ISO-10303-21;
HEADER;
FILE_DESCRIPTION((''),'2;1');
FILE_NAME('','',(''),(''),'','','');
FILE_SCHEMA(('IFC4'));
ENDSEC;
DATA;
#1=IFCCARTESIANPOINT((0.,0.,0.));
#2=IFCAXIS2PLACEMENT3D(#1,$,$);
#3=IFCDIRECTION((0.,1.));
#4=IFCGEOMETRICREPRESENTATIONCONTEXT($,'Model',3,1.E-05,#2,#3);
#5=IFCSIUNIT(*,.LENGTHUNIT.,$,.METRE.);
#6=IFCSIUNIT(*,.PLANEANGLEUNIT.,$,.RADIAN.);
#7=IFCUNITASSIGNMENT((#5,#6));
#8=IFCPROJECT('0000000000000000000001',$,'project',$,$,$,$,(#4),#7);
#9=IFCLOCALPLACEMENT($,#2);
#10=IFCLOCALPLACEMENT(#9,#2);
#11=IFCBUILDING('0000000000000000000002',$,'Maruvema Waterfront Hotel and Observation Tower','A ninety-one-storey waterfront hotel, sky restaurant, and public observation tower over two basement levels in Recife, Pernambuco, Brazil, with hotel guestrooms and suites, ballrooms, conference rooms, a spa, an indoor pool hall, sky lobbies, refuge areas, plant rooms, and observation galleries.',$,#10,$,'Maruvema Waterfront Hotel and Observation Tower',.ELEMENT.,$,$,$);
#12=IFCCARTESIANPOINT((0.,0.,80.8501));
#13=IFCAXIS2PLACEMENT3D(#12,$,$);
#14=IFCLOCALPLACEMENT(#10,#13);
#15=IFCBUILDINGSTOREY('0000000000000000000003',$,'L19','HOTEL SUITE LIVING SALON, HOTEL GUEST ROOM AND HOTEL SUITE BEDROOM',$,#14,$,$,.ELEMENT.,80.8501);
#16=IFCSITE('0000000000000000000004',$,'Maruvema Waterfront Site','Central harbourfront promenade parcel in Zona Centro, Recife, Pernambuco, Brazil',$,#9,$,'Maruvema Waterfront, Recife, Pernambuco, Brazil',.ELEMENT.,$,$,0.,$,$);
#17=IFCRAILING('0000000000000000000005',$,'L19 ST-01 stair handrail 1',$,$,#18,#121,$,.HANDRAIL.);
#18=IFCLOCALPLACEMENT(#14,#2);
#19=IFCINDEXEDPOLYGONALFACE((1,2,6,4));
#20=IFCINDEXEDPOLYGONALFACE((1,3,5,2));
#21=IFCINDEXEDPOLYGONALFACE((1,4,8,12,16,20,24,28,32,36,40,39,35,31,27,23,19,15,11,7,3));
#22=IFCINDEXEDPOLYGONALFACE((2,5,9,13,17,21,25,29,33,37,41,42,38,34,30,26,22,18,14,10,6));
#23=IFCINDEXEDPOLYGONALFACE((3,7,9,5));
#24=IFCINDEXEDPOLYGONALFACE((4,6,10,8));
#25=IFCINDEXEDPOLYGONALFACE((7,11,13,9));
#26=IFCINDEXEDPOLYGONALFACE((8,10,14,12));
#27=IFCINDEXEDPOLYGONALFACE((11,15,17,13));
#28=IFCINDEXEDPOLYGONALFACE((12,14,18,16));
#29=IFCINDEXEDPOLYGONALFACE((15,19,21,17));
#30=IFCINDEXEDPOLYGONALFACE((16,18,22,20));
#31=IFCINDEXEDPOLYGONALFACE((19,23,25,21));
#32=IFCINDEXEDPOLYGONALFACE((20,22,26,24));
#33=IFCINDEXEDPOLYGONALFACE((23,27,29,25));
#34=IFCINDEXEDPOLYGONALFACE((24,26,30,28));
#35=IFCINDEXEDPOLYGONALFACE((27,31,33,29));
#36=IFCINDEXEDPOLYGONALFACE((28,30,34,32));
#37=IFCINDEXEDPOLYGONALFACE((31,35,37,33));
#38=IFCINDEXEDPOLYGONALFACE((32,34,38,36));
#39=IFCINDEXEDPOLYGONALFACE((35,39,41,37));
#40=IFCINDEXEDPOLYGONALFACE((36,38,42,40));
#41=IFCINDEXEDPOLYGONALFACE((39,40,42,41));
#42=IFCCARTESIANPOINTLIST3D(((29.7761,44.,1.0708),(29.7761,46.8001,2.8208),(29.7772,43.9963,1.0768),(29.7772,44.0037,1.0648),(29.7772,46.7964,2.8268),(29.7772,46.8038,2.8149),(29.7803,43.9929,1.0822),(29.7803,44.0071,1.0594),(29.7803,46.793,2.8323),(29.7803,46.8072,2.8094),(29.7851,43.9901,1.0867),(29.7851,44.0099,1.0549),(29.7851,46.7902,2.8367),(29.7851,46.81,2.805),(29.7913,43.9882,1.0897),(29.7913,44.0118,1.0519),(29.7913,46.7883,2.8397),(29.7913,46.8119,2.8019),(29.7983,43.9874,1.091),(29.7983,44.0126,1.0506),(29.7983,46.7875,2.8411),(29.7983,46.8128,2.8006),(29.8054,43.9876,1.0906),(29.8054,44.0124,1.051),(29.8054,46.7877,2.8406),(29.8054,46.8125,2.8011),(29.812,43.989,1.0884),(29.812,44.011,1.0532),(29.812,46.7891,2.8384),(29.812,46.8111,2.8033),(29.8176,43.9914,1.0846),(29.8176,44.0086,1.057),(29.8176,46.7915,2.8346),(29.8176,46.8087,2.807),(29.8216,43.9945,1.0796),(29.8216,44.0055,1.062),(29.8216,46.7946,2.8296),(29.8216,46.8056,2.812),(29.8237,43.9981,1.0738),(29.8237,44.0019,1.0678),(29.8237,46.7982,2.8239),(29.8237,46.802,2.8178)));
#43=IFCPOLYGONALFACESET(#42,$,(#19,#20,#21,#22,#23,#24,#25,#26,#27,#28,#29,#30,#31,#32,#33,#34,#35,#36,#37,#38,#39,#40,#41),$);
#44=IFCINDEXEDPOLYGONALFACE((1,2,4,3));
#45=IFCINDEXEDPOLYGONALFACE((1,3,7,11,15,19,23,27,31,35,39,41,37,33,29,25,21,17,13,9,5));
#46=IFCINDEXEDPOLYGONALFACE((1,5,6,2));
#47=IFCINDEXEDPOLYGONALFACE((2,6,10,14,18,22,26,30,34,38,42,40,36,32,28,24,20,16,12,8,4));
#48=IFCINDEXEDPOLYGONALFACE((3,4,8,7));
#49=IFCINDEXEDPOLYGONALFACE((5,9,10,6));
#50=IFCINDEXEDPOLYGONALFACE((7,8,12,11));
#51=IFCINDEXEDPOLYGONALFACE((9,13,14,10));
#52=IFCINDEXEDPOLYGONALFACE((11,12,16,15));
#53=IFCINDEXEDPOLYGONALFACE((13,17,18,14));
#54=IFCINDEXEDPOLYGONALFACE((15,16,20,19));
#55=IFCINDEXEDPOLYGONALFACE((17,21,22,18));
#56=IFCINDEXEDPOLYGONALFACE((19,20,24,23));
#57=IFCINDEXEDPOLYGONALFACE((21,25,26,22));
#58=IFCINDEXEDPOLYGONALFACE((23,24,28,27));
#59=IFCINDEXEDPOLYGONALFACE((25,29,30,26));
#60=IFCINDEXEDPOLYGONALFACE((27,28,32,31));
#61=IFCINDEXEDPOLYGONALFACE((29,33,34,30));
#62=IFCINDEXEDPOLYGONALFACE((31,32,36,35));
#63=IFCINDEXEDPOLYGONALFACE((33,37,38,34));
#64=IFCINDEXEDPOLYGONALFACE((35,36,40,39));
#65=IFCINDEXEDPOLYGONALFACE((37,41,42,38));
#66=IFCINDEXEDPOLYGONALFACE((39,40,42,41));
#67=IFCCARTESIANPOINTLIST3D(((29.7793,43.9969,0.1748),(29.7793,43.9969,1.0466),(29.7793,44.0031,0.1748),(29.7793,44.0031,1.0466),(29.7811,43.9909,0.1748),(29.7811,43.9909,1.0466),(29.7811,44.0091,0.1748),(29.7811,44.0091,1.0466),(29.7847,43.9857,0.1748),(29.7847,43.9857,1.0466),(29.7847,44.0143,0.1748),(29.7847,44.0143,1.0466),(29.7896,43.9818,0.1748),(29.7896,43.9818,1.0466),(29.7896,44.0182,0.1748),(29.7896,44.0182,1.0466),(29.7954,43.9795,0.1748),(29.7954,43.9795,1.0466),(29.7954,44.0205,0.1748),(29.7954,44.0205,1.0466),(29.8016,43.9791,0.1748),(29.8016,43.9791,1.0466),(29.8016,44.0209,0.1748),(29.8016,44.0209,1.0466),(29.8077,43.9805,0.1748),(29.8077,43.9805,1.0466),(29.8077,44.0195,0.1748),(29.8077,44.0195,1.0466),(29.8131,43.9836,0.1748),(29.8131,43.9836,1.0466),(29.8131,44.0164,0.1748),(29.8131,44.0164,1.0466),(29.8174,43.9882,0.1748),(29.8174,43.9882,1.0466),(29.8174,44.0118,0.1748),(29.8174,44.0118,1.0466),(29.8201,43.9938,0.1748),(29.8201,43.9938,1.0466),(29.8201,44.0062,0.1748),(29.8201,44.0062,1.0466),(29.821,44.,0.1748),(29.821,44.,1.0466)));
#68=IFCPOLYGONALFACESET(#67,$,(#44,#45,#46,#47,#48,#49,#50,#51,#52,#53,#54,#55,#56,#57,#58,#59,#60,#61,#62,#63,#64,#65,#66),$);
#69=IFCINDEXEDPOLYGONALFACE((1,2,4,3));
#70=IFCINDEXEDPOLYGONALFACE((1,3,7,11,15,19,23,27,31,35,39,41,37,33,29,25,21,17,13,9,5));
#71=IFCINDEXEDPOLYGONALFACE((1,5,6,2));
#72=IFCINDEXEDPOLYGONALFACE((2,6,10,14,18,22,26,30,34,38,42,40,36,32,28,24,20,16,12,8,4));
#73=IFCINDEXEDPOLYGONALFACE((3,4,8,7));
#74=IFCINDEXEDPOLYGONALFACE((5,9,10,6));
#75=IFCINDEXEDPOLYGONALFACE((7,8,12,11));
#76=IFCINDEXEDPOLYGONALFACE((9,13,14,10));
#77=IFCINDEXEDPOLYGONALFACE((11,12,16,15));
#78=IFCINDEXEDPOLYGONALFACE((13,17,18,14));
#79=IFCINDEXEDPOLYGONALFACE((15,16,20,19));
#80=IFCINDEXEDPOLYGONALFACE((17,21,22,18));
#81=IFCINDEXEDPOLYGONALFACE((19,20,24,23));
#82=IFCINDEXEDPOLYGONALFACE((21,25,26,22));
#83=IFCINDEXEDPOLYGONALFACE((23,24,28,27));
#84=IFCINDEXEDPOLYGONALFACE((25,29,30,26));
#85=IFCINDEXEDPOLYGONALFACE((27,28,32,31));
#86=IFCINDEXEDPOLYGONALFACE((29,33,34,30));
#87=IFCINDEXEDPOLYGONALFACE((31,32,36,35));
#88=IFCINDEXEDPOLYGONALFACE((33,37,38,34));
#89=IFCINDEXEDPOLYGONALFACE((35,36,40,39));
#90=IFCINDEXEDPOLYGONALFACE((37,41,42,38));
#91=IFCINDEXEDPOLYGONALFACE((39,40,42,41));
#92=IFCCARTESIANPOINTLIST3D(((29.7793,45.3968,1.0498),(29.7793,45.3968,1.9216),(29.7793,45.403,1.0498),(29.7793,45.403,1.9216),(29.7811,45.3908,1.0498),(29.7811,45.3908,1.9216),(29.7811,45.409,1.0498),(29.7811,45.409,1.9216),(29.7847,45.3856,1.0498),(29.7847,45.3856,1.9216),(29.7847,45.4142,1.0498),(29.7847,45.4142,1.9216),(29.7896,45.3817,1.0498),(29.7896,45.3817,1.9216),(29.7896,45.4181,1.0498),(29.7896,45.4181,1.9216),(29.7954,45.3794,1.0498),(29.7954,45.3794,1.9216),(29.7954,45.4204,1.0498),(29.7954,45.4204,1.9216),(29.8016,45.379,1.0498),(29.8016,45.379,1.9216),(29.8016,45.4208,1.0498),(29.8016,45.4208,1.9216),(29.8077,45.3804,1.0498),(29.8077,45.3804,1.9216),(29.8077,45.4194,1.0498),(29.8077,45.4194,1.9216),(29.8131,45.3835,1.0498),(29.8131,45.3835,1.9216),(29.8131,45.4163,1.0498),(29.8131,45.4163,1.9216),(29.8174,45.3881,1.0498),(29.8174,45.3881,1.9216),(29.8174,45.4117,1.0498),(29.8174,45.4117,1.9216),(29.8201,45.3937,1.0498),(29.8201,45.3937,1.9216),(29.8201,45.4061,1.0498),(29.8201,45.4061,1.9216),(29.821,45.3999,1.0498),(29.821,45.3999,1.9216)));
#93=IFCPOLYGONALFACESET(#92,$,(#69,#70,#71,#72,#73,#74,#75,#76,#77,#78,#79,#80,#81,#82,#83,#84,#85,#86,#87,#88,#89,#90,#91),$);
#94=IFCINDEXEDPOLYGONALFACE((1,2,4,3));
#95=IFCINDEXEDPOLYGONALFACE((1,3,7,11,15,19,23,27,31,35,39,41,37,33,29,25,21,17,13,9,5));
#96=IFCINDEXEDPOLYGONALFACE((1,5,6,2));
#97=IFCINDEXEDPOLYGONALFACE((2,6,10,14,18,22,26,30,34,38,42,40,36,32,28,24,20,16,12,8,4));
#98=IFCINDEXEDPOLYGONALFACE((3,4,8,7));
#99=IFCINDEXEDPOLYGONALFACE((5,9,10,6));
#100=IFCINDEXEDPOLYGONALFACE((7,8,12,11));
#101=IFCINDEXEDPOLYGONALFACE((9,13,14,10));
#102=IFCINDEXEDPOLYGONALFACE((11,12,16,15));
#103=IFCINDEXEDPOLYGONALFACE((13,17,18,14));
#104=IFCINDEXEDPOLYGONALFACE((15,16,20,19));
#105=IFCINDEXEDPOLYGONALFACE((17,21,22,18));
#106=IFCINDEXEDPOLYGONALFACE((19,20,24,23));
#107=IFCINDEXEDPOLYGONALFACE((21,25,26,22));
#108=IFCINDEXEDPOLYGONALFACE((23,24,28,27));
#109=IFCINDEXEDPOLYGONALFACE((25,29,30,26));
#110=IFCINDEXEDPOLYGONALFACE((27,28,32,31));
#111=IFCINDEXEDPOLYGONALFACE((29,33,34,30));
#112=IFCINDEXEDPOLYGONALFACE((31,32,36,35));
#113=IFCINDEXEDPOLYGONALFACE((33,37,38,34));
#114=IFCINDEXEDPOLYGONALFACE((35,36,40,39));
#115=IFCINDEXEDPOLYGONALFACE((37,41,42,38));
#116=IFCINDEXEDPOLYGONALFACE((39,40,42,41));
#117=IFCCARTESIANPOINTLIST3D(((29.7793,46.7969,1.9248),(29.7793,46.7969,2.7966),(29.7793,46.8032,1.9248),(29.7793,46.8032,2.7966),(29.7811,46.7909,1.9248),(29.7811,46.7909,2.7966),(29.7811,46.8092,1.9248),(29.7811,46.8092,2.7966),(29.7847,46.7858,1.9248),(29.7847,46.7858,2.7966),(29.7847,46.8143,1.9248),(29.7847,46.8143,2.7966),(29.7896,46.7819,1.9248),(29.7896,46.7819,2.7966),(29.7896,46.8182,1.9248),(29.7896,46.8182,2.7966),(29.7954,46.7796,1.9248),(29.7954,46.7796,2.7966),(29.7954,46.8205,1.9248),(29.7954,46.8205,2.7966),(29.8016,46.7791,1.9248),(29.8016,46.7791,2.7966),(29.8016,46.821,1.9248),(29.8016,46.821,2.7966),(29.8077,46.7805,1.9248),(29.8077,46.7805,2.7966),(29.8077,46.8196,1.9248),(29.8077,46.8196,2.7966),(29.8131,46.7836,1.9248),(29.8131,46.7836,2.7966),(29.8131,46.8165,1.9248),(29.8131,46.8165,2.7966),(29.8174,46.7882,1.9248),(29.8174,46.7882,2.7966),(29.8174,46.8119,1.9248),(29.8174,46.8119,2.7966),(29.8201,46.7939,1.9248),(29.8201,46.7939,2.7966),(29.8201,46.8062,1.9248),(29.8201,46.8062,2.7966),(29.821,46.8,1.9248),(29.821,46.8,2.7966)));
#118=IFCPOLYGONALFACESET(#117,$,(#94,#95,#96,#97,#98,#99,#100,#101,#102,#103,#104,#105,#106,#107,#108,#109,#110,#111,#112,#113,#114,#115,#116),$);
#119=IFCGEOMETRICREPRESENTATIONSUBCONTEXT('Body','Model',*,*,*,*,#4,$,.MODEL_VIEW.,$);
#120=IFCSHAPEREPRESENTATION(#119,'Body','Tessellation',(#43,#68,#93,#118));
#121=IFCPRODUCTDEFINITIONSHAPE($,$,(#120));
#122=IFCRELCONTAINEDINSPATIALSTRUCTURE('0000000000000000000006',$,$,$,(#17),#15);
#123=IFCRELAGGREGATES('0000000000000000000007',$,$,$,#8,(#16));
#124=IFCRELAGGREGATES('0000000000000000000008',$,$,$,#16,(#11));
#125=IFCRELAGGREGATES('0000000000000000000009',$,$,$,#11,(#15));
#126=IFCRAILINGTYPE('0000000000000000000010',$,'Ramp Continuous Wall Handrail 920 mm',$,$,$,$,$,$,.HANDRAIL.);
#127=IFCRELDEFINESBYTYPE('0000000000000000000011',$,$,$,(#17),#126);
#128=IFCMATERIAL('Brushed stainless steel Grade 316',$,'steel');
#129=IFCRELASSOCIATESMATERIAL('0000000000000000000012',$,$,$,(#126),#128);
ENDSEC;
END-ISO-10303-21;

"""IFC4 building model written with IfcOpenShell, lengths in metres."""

from ifc_helpers import new_model, si_unit, direction, frame, origin, origin_2d, place, context, subcontext, project, spatial, circle, extrude, material, type_object, element, save


model = new_model("IFC4")

# Units and contexts
model_context = context("Model", 3, precision=1e-05, world=origin(), true_north=direction((0.0, 1.0)))
body_context = subcontext(model_context, "Body", "Model", "MODEL_VIEW")
ifc_project = project(units=[si_unit("LENGTHUNIT", "METRE"), si_unit("PLANEANGLEUNIT", "RADIAN")], contexts=[model_context])

# Site, building, storey
site_placement = place(None, origin())
site = spatial("IfcSite", under=ifc_project, at=site_placement, Name="Maruvema Waterfront Site", Description="Central harbourfront promenade parcel in Zona Centro, Recife, Pernambuco, Brazil", LongName="Maruvema Waterfront, Recife, Pernambuco, Brazil", CompositionType="ELEMENT", RefElevation=0.0)
building_placement = place(site_placement, origin())
building = spatial("IfcBuilding", under=site, at=building_placement, Name="Maruvema Waterfront Hotel and Observation Tower", Description="A ninety-one-storey waterfront hotel, sky restaurant, and public observation tower over two basement levels in Recife, Pernambuco, Brazil, with hotel guestrooms and suites, ballrooms, conference rooms, a spa, an indoor pool hall, sky lobbies, refuge areas, plant rooms, and observation galleries.", LongName="Maruvema Waterfront Hotel and Observation Tower", CompositionType="ELEMENT")
storey_placement = place(building_placement, frame((0.0, 0.0, 80.8501)))
storey = spatial("IfcBuildingStorey", under=building, at=storey_placement, Name="L19", Description="HOTEL SUITE LIVING SALON, HOTEL GUEST ROOM AND HOTEL SUITE BEDROOM", CompositionType="ELEMENT", Elevation=80.8501)

# Railing
ifc_material_1 = material(Name="Brushed stainless steel Grade 316", Category="steel")
railing_type_1 = type_object("IfcRailingType", Name="Ramp Continuous Wall Handrail 920 mm", PredefinedType="HANDRAIL", material=ifc_material_1)
railing_1_placement = place(storey_placement, frame((29.8, 44.0, 0.1748)))
element("IfcRailing", 1, at=railing_1_placement, inside=storey, type_object=railing_type_1, Name="L19 ST-01 stair handrail 1", PredefinedType="HANDRAIL", context=body_context, shape_type="SweptSolid", body=[
    extrude(circle(Radius=0.0239, at=origin_2d()), frame((0.0, 0.0, 0.896), z_axis=(0.0, 0.848002, 0.529992), x_axis=(-1.0, 0.0, 0.0)), (0.0, 0.0, 1.0), 3.302),
    extrude(circle(Radius=0.021, at=origin_2d()), origin(), (0.0, 0.0, 1.0), 0.8718),
    extrude(circle(Radius=0.021, at=origin_2d()), frame((0.0, 1.3999, 0.875)), (0.0, 0.0, 1.0), 0.8718),
    extrude(circle(Radius=0.021, at=origin_2d()), frame((0.0, 2.8, 1.75)), (0.0, 0.0, 1.0), 0.8718),
])

save(model, "model.ifc")
